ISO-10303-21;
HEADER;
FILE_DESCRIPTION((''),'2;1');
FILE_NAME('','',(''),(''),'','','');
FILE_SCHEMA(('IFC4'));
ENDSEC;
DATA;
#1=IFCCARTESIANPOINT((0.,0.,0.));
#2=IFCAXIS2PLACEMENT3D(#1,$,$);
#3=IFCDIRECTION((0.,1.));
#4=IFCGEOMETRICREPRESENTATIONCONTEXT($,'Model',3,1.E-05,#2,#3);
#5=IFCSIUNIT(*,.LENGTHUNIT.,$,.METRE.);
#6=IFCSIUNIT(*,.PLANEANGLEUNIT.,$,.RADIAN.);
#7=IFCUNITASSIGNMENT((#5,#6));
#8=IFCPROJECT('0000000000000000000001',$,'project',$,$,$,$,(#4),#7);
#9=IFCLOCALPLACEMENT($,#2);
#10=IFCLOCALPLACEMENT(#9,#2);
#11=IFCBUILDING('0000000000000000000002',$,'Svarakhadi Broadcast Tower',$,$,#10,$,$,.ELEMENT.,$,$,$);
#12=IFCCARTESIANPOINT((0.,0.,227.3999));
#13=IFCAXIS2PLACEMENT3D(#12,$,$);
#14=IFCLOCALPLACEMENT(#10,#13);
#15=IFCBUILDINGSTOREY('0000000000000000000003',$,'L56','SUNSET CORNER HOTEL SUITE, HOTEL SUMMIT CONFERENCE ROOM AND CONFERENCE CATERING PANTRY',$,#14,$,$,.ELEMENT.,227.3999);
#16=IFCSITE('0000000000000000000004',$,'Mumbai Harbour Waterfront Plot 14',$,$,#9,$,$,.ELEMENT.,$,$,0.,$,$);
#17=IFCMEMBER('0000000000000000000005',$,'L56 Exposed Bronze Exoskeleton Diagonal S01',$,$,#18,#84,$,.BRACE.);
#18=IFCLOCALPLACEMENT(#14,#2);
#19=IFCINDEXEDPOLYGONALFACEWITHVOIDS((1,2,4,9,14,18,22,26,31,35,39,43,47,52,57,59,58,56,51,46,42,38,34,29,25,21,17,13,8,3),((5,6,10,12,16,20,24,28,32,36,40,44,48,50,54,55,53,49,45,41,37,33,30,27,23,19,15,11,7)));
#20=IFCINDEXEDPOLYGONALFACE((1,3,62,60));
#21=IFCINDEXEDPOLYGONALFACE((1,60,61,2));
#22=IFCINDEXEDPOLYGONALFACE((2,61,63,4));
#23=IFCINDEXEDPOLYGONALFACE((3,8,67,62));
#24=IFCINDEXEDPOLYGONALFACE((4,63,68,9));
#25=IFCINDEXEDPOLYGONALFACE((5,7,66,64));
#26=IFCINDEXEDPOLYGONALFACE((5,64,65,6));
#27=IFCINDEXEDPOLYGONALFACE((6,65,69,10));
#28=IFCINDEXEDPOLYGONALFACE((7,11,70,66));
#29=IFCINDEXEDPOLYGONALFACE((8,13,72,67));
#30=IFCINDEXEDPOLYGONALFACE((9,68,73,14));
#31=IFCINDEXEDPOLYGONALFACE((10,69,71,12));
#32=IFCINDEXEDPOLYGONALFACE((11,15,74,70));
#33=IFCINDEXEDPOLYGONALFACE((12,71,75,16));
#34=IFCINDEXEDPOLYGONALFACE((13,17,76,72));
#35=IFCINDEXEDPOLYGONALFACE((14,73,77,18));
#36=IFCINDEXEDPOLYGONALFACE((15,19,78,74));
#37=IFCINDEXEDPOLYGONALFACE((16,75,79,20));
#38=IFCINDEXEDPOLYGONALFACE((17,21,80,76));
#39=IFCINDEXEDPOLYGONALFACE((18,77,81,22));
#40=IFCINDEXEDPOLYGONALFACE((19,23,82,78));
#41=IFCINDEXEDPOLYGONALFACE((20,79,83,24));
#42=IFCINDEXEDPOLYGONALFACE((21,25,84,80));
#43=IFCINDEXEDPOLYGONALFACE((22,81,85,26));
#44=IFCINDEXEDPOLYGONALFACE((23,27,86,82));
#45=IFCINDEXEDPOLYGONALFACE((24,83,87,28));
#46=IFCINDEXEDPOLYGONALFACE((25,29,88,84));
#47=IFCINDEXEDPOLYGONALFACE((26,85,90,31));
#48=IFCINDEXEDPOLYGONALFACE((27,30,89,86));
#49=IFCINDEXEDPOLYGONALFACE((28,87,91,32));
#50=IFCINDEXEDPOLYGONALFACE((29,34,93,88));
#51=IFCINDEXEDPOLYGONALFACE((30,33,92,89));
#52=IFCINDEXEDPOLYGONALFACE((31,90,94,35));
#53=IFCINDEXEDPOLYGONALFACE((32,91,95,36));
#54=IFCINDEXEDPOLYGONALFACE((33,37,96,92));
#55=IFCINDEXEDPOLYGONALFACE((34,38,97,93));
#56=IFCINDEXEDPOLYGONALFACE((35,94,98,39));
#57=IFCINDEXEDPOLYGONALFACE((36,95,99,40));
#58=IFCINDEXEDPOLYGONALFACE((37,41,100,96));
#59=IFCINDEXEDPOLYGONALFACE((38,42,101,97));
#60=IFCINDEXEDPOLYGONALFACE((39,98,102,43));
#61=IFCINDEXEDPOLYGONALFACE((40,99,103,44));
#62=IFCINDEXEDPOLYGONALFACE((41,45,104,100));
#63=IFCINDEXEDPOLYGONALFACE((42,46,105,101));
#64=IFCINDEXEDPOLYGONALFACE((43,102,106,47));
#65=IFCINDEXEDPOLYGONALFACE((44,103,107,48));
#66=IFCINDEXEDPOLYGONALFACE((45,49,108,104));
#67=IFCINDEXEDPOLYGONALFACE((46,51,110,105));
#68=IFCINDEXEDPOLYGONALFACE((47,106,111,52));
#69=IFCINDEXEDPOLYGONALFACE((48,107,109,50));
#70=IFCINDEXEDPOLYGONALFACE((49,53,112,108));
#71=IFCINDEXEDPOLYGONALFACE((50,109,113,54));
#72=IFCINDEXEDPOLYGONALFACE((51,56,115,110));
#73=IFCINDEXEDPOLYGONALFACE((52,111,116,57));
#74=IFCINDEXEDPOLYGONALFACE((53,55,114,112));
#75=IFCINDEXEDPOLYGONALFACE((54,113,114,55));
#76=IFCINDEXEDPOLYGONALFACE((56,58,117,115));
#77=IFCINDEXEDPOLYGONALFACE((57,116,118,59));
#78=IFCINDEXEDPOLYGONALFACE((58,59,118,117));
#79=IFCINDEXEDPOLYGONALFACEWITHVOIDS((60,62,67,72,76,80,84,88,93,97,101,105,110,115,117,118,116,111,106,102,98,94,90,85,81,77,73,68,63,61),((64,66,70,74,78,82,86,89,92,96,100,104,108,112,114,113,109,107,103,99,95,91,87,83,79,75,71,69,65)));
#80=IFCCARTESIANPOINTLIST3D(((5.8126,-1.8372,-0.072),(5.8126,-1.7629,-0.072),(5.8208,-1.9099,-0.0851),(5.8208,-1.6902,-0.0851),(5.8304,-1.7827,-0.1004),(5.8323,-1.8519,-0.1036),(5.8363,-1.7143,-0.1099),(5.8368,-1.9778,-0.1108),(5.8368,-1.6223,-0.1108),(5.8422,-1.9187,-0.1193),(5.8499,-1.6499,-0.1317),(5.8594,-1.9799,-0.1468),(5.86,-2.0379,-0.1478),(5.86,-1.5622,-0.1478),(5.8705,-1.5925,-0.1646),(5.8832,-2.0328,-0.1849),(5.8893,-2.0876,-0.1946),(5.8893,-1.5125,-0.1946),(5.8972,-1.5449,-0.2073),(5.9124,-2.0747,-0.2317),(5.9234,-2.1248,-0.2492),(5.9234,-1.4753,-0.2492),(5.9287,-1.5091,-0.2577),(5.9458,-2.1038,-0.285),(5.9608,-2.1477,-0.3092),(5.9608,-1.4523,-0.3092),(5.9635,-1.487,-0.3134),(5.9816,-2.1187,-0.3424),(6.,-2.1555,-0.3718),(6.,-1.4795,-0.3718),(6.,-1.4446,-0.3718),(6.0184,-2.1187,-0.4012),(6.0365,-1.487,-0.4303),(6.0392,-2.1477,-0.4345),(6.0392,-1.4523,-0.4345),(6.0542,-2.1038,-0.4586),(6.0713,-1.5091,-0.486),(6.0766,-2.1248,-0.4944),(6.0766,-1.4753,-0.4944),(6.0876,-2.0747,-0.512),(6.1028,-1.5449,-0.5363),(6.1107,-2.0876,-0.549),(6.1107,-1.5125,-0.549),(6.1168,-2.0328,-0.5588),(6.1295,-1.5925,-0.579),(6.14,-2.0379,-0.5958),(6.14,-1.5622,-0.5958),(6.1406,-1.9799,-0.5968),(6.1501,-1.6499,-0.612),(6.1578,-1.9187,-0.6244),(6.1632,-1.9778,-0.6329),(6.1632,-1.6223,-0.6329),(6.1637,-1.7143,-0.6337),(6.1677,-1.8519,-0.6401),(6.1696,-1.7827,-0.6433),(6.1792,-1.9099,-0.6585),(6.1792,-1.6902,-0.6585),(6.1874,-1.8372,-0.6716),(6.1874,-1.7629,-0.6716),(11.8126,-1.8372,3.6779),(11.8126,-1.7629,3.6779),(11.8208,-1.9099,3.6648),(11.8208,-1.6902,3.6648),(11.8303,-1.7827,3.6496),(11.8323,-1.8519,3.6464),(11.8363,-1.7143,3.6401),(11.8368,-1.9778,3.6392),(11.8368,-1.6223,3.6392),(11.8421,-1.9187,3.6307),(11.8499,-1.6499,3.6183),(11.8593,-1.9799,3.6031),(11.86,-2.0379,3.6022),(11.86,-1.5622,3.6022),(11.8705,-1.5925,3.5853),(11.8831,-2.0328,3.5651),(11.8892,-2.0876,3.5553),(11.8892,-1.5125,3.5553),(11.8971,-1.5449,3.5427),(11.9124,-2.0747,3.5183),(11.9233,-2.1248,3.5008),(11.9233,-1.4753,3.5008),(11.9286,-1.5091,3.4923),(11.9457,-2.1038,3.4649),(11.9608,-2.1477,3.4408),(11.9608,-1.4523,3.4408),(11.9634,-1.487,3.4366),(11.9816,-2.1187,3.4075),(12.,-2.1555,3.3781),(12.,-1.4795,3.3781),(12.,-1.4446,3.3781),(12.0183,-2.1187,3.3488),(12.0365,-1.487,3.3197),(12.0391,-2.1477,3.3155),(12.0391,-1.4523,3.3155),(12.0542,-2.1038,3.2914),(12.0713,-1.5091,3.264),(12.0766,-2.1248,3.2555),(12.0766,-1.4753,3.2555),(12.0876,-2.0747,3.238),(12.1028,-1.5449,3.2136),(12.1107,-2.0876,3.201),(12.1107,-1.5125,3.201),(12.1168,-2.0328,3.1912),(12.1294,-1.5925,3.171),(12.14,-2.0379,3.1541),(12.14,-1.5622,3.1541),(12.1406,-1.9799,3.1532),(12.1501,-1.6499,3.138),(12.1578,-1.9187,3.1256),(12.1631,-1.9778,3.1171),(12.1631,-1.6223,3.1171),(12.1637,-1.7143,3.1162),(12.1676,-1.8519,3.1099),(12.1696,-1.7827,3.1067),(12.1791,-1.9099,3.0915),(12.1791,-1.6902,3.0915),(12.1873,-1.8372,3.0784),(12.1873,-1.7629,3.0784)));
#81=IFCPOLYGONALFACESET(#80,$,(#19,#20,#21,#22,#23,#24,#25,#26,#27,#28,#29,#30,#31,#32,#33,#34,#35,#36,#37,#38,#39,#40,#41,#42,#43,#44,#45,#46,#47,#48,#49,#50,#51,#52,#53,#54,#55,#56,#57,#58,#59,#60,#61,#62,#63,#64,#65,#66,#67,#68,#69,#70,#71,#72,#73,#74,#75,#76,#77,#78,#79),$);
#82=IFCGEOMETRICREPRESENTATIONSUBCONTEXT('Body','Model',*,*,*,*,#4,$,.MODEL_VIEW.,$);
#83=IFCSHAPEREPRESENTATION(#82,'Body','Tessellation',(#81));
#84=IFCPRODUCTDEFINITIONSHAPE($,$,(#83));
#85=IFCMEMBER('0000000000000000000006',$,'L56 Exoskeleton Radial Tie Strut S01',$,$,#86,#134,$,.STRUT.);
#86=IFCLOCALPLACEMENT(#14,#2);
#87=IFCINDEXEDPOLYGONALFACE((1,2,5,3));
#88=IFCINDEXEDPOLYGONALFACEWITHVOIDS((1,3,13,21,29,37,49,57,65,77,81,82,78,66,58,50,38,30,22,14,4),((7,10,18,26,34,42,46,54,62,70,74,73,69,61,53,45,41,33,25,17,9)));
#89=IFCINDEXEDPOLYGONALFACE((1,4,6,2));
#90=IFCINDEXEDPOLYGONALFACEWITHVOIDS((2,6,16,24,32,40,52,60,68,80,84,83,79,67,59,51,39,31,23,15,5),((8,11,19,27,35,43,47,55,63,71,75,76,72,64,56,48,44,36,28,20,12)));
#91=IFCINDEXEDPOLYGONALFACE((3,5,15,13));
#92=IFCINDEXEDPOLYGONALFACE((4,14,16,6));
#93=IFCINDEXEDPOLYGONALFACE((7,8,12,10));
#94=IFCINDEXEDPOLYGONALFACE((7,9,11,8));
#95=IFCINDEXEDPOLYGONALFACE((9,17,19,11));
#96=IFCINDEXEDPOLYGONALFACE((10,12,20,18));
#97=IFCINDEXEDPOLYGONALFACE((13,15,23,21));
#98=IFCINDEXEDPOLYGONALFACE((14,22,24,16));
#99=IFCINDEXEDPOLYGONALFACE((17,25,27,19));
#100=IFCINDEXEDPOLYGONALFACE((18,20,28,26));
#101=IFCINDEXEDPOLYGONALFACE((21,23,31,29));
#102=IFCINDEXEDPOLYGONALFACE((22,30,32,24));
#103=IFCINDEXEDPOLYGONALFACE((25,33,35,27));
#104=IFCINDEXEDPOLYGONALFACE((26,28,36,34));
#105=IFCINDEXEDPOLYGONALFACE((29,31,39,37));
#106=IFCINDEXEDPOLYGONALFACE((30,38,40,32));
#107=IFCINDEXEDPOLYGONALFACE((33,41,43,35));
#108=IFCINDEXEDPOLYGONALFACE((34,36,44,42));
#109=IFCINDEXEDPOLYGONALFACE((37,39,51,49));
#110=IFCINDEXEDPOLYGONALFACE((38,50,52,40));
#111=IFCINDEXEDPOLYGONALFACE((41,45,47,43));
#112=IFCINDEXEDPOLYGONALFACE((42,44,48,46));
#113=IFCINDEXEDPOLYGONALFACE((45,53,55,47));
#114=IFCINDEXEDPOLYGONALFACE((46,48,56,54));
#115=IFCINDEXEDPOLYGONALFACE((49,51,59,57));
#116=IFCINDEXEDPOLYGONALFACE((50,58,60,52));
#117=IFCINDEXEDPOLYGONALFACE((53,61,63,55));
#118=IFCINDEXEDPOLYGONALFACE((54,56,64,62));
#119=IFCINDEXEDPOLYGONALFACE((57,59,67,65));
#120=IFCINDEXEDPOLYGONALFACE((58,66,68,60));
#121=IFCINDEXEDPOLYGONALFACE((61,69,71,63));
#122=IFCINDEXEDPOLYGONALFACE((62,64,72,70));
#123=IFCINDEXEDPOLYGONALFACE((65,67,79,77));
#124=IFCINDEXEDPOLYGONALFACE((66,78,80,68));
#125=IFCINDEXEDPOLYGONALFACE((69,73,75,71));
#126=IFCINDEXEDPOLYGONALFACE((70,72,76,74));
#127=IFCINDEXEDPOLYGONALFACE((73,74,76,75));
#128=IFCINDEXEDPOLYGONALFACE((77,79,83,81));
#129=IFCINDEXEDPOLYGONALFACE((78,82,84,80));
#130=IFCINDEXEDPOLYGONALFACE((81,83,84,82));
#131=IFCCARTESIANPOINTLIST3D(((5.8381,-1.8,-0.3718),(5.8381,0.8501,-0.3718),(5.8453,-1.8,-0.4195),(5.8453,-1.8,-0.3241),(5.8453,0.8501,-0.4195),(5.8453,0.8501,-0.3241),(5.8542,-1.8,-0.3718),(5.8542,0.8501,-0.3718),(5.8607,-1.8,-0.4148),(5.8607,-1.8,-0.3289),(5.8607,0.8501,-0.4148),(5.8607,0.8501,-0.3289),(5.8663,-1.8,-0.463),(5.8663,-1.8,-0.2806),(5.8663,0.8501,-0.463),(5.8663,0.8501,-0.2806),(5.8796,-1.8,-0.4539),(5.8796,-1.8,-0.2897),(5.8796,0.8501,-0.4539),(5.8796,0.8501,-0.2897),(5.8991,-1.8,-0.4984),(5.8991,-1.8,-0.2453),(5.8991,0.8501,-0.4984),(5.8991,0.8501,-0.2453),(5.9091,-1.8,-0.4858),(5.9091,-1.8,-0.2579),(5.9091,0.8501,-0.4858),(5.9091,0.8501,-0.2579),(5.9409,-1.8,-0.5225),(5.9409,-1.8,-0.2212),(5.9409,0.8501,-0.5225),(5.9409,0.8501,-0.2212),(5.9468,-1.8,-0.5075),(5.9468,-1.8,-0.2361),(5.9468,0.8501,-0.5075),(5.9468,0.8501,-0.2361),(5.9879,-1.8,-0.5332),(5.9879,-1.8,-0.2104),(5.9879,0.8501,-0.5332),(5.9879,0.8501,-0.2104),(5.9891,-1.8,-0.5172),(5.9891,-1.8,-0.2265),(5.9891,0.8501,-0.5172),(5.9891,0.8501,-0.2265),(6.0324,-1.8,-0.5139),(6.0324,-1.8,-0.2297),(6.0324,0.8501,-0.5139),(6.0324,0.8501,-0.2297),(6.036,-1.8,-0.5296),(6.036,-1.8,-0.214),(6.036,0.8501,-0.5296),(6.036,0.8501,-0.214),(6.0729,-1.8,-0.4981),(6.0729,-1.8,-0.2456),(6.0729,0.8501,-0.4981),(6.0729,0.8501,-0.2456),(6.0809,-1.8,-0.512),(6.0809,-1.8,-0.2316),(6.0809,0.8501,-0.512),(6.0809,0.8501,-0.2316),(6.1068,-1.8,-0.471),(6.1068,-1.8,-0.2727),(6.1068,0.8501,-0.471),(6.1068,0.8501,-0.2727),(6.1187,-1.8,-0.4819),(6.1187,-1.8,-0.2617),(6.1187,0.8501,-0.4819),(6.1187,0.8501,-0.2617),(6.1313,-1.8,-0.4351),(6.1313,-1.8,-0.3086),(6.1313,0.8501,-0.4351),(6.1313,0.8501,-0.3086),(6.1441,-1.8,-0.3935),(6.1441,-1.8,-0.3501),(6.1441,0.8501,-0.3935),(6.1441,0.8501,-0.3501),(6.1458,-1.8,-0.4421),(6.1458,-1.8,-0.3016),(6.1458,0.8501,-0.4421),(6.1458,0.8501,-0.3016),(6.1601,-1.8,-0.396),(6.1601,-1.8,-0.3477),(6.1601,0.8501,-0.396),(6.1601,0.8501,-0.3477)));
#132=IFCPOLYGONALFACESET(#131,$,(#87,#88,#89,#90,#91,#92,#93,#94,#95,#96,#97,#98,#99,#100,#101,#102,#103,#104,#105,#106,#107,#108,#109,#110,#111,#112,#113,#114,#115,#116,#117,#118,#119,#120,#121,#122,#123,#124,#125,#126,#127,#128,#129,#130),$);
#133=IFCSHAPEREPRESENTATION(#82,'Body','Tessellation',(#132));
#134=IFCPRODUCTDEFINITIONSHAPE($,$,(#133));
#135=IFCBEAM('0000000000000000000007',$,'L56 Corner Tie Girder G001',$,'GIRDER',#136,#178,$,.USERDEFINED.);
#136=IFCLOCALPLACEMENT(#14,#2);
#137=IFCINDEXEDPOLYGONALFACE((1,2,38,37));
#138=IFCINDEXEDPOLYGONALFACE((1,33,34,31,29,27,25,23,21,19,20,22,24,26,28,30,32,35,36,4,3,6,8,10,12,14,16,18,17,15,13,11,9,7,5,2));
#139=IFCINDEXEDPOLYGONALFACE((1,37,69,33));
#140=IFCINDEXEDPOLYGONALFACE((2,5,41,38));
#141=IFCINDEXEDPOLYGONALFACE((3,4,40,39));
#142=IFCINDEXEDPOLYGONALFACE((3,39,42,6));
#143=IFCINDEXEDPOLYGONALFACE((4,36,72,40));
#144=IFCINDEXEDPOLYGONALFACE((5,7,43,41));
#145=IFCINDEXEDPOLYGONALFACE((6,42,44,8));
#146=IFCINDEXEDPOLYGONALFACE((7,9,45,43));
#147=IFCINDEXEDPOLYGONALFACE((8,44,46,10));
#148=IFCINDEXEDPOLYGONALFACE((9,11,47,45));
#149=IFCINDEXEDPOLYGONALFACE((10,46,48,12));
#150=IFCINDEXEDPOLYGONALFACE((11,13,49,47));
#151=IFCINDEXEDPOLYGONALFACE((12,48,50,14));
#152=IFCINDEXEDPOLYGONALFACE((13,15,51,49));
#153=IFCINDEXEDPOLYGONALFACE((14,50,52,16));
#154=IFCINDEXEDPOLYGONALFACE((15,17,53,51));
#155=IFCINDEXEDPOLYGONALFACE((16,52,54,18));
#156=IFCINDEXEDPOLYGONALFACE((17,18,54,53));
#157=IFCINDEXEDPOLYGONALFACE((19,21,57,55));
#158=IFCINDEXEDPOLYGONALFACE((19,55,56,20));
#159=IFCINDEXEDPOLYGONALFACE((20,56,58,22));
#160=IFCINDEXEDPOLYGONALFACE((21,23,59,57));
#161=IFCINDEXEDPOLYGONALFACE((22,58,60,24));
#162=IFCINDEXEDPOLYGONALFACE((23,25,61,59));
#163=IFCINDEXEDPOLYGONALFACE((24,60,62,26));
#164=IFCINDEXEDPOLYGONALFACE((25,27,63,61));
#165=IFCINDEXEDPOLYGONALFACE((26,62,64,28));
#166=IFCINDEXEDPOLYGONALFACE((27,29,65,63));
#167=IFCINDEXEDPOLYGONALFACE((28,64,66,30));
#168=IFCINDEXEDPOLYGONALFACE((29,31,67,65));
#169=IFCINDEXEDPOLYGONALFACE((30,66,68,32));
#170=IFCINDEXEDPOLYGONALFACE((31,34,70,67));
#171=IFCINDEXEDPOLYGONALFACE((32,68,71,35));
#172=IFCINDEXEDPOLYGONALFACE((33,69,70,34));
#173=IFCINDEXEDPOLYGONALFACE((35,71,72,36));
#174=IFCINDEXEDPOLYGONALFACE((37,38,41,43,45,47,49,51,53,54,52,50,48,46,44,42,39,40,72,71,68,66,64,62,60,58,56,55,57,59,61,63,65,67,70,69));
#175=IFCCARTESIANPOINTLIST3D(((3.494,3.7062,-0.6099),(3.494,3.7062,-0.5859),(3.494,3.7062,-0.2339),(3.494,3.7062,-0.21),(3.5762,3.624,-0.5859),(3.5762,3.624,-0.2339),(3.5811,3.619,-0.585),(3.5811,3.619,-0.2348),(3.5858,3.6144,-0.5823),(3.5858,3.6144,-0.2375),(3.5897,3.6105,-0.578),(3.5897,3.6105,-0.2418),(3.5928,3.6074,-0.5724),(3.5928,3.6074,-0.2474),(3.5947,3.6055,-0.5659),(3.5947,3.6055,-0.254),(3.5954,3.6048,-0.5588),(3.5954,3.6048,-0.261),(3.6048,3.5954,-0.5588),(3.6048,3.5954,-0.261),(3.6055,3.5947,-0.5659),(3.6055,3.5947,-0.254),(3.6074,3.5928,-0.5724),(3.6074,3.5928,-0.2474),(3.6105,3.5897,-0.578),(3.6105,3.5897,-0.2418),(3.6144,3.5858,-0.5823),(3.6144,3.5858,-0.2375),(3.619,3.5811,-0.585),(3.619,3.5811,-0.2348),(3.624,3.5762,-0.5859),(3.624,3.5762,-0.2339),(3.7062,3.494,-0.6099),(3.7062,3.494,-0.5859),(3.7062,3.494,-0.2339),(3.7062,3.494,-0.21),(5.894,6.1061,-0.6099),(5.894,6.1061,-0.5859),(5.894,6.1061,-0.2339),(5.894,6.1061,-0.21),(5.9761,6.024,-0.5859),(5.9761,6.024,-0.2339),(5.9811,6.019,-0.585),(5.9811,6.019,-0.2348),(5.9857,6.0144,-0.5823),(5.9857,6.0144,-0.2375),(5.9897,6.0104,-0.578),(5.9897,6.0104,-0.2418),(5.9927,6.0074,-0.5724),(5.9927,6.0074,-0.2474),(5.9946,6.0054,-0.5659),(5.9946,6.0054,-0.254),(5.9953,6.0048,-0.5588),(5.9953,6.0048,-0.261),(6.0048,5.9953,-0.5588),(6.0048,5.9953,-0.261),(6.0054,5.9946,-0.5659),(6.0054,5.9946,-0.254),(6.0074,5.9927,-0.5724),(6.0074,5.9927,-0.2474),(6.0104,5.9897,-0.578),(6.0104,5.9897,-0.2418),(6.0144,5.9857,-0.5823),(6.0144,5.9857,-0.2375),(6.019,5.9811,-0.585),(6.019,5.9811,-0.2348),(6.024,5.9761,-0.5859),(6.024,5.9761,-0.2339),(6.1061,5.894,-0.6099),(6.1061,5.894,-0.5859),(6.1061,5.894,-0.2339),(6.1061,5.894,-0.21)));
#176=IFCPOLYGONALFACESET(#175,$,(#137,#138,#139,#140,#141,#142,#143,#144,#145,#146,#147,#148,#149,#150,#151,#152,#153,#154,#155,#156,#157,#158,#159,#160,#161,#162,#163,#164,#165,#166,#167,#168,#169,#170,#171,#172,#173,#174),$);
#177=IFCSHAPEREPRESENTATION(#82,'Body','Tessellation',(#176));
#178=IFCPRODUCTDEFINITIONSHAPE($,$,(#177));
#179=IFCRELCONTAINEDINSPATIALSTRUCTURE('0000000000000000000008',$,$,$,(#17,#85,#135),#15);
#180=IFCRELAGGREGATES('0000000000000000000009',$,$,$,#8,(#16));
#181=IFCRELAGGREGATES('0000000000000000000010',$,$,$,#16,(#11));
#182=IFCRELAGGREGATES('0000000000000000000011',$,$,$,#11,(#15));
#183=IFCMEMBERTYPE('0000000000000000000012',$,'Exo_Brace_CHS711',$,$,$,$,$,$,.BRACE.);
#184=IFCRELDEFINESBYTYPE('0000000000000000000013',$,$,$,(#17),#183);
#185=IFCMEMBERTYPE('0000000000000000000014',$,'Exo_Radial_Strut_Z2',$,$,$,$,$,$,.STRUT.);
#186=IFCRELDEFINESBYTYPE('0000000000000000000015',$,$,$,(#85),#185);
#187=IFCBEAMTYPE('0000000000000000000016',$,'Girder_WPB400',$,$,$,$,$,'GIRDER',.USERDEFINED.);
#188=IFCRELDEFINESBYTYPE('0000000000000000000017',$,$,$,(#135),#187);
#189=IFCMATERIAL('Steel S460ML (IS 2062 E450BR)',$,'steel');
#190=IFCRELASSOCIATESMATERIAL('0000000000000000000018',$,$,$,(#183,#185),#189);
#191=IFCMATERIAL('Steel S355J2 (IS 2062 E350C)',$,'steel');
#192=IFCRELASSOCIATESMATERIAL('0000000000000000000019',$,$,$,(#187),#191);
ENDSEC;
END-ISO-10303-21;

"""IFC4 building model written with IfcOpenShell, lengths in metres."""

from ifc_helpers import new_model, si_unit, direction, frame, origin, origin_2d, place, context, subcontext, project, spatial, hollow_circle, i_section, extrude, material, material_profile, profile_set, type_object, element, save


model = new_model("IFC4")

# Units and contexts
model_context = context("Model", 3, precision=1e-05, world=origin(), true_north=direction((0.0, 1.0)))
body_context = subcontext(model_context, "Body", "Model", "MODEL_VIEW")
ifc_project = project(units=[si_unit("LENGTHUNIT", "METRE"), si_unit("PLANEANGLEUNIT", "RADIAN")], contexts=[model_context])

# Site, building, storey
site_placement = place(None, origin())
site = spatial("IfcSite", under=ifc_project, at=site_placement, Name="Mumbai Harbour Waterfront Plot 14", CompositionType="ELEMENT", RefElevation=0.0)
building_placement = place(site_placement, origin())
building = spatial("IfcBuilding", under=site, at=building_placement, Name="Svarakhadi Broadcast Tower", CompositionType="ELEMENT")
storey_placement = place(building_placement, frame((0.0, 0.0, 227.3999)))
storey = spatial("IfcBuildingStorey", under=building, at=storey_placement, Name="L56", Description="SUNSET CORNER HOTEL SUITE, HOTEL SUMMIT CONFERENCE ROOM AND CONFERENCE CATERING PANTRY", CompositionType="ELEMENT", Elevation=227.3999)

# Shared definitions
ifc_material_1 = material(Name="Steel S460ML (IS 2062 E450BR)", Category="steel")

# Shared definitions
ifc_material_2 = material(Name="Steel S355J2 (IS 2062 E350C)", Category="steel")

# Members
ifc_material_profile_1 = material_profile(ifc_material_1, hollow_circle(Radius=0.3555, WallThickness=0.0349, at=origin_2d()), Name="CHS 711x35")
ifc_profile_set_1 = profile_set([ifc_material_profile_1], Name="Steel S460ML (IS 2062 E450BR)")
member_type_1 = type_object("IfcMemberType", Name="Exo_Brace_CHS711", PredefinedType="BRACE", material=ifc_profile_set_1)
member_1_placement = place(storey_placement, frame((6.0, -1.8, -0.3718), z_axis=(0.847998, 0.0, 0.529999), x_axis=(0.0, 1.0, 0.0)))
element("IfcMember", 1, at=member_1_placement, inside=storey, type_object=member_type_1, Name="L56 Exposed Bronze Exoskeleton Diagonal S01", PredefinedType="BRACE", context=body_context, shape_type="SweptSolid", body=[
    extrude(hollow_circle(Radius=0.3555, WallThickness=0.0349, at=origin_2d()), origin(), (0.0, 0.0, 1.0), 7.0754),
])
ifc_material_profile_2 = material_profile(ifc_material_1, hollow_circle(Radius=0.1619, WallThickness=0.0161, at=origin_2d()), Name="CHS 323.9x16")
ifc_profile_set_2 = profile_set([ifc_material_profile_2], Name="Steel S460ML (IS 2062 E450BR)")
member_type_2 = type_object("IfcMemberType", Name="Exo_Radial_Strut_Z2", PredefinedType="STRUT", material=ifc_profile_set_2)
member_2_placement = place(storey_placement, frame((6.0, -1.8, -0.3718), z_axis=(0.0, 1.0, 0.0), x_axis=(-1.0, 0.0, 0.0)))
element("IfcMember", 2, at=member_2_placement, inside=storey, type_object=member_type_2, Name="L56 Exoskeleton Radial Tie Strut S01", PredefinedType="STRUT", context=body_context, shape_type="SweptSolid", body=[
    extrude(hollow_circle(Radius=0.1619, WallThickness=0.0161, at=origin_2d()), origin(), (0.0, 0.0, 1.0), 2.6501),
])

# Beam
ifc_material_profile_3 = material_profile(ifc_material_2, i_section(OverallWidth=0.3, OverallDepth=0.3999, WebThickness=0.0134, FlangeThickness=0.0239, FilletRadius=0.0271, at=origin_2d()), Name="WPB 400x300x155")
ifc_profile_set_3 = profile_set([ifc_material_profile_3], Name="Steel S355J2 (IS 2062 E350C)")
beam_type_1 = type_object("IfcBeamType", Name="Girder_WPB400", ElementType="GIRDER", PredefinedType="USERDEFINED", material=ifc_profile_set_3)
beam_placement = place(storey_placement, frame((3.6001, 3.6001, -0.4099), z_axis=(0.707107, 0.707107, 0.0), x_axis=(-0.707107, 0.707107, 0.0)))
element("IfcBeam", 3, at=beam_placement, inside=storey, type_object=beam_type_1, Name="L56 Corner Tie Girder G001", ObjectType="GIRDER", PredefinedType="USERDEFINED", context=body_context, shape_type="SweptSolid", body=[
    extrude(i_section(OverallWidth=0.3, OverallDepth=0.3999, WebThickness=0.0134, FlangeThickness=0.0239, FilletRadius=0.0271, at=origin_2d()), origin(), (0.0, 0.0, 1.0), 3.394),
])

save(model, "model.ifc")
